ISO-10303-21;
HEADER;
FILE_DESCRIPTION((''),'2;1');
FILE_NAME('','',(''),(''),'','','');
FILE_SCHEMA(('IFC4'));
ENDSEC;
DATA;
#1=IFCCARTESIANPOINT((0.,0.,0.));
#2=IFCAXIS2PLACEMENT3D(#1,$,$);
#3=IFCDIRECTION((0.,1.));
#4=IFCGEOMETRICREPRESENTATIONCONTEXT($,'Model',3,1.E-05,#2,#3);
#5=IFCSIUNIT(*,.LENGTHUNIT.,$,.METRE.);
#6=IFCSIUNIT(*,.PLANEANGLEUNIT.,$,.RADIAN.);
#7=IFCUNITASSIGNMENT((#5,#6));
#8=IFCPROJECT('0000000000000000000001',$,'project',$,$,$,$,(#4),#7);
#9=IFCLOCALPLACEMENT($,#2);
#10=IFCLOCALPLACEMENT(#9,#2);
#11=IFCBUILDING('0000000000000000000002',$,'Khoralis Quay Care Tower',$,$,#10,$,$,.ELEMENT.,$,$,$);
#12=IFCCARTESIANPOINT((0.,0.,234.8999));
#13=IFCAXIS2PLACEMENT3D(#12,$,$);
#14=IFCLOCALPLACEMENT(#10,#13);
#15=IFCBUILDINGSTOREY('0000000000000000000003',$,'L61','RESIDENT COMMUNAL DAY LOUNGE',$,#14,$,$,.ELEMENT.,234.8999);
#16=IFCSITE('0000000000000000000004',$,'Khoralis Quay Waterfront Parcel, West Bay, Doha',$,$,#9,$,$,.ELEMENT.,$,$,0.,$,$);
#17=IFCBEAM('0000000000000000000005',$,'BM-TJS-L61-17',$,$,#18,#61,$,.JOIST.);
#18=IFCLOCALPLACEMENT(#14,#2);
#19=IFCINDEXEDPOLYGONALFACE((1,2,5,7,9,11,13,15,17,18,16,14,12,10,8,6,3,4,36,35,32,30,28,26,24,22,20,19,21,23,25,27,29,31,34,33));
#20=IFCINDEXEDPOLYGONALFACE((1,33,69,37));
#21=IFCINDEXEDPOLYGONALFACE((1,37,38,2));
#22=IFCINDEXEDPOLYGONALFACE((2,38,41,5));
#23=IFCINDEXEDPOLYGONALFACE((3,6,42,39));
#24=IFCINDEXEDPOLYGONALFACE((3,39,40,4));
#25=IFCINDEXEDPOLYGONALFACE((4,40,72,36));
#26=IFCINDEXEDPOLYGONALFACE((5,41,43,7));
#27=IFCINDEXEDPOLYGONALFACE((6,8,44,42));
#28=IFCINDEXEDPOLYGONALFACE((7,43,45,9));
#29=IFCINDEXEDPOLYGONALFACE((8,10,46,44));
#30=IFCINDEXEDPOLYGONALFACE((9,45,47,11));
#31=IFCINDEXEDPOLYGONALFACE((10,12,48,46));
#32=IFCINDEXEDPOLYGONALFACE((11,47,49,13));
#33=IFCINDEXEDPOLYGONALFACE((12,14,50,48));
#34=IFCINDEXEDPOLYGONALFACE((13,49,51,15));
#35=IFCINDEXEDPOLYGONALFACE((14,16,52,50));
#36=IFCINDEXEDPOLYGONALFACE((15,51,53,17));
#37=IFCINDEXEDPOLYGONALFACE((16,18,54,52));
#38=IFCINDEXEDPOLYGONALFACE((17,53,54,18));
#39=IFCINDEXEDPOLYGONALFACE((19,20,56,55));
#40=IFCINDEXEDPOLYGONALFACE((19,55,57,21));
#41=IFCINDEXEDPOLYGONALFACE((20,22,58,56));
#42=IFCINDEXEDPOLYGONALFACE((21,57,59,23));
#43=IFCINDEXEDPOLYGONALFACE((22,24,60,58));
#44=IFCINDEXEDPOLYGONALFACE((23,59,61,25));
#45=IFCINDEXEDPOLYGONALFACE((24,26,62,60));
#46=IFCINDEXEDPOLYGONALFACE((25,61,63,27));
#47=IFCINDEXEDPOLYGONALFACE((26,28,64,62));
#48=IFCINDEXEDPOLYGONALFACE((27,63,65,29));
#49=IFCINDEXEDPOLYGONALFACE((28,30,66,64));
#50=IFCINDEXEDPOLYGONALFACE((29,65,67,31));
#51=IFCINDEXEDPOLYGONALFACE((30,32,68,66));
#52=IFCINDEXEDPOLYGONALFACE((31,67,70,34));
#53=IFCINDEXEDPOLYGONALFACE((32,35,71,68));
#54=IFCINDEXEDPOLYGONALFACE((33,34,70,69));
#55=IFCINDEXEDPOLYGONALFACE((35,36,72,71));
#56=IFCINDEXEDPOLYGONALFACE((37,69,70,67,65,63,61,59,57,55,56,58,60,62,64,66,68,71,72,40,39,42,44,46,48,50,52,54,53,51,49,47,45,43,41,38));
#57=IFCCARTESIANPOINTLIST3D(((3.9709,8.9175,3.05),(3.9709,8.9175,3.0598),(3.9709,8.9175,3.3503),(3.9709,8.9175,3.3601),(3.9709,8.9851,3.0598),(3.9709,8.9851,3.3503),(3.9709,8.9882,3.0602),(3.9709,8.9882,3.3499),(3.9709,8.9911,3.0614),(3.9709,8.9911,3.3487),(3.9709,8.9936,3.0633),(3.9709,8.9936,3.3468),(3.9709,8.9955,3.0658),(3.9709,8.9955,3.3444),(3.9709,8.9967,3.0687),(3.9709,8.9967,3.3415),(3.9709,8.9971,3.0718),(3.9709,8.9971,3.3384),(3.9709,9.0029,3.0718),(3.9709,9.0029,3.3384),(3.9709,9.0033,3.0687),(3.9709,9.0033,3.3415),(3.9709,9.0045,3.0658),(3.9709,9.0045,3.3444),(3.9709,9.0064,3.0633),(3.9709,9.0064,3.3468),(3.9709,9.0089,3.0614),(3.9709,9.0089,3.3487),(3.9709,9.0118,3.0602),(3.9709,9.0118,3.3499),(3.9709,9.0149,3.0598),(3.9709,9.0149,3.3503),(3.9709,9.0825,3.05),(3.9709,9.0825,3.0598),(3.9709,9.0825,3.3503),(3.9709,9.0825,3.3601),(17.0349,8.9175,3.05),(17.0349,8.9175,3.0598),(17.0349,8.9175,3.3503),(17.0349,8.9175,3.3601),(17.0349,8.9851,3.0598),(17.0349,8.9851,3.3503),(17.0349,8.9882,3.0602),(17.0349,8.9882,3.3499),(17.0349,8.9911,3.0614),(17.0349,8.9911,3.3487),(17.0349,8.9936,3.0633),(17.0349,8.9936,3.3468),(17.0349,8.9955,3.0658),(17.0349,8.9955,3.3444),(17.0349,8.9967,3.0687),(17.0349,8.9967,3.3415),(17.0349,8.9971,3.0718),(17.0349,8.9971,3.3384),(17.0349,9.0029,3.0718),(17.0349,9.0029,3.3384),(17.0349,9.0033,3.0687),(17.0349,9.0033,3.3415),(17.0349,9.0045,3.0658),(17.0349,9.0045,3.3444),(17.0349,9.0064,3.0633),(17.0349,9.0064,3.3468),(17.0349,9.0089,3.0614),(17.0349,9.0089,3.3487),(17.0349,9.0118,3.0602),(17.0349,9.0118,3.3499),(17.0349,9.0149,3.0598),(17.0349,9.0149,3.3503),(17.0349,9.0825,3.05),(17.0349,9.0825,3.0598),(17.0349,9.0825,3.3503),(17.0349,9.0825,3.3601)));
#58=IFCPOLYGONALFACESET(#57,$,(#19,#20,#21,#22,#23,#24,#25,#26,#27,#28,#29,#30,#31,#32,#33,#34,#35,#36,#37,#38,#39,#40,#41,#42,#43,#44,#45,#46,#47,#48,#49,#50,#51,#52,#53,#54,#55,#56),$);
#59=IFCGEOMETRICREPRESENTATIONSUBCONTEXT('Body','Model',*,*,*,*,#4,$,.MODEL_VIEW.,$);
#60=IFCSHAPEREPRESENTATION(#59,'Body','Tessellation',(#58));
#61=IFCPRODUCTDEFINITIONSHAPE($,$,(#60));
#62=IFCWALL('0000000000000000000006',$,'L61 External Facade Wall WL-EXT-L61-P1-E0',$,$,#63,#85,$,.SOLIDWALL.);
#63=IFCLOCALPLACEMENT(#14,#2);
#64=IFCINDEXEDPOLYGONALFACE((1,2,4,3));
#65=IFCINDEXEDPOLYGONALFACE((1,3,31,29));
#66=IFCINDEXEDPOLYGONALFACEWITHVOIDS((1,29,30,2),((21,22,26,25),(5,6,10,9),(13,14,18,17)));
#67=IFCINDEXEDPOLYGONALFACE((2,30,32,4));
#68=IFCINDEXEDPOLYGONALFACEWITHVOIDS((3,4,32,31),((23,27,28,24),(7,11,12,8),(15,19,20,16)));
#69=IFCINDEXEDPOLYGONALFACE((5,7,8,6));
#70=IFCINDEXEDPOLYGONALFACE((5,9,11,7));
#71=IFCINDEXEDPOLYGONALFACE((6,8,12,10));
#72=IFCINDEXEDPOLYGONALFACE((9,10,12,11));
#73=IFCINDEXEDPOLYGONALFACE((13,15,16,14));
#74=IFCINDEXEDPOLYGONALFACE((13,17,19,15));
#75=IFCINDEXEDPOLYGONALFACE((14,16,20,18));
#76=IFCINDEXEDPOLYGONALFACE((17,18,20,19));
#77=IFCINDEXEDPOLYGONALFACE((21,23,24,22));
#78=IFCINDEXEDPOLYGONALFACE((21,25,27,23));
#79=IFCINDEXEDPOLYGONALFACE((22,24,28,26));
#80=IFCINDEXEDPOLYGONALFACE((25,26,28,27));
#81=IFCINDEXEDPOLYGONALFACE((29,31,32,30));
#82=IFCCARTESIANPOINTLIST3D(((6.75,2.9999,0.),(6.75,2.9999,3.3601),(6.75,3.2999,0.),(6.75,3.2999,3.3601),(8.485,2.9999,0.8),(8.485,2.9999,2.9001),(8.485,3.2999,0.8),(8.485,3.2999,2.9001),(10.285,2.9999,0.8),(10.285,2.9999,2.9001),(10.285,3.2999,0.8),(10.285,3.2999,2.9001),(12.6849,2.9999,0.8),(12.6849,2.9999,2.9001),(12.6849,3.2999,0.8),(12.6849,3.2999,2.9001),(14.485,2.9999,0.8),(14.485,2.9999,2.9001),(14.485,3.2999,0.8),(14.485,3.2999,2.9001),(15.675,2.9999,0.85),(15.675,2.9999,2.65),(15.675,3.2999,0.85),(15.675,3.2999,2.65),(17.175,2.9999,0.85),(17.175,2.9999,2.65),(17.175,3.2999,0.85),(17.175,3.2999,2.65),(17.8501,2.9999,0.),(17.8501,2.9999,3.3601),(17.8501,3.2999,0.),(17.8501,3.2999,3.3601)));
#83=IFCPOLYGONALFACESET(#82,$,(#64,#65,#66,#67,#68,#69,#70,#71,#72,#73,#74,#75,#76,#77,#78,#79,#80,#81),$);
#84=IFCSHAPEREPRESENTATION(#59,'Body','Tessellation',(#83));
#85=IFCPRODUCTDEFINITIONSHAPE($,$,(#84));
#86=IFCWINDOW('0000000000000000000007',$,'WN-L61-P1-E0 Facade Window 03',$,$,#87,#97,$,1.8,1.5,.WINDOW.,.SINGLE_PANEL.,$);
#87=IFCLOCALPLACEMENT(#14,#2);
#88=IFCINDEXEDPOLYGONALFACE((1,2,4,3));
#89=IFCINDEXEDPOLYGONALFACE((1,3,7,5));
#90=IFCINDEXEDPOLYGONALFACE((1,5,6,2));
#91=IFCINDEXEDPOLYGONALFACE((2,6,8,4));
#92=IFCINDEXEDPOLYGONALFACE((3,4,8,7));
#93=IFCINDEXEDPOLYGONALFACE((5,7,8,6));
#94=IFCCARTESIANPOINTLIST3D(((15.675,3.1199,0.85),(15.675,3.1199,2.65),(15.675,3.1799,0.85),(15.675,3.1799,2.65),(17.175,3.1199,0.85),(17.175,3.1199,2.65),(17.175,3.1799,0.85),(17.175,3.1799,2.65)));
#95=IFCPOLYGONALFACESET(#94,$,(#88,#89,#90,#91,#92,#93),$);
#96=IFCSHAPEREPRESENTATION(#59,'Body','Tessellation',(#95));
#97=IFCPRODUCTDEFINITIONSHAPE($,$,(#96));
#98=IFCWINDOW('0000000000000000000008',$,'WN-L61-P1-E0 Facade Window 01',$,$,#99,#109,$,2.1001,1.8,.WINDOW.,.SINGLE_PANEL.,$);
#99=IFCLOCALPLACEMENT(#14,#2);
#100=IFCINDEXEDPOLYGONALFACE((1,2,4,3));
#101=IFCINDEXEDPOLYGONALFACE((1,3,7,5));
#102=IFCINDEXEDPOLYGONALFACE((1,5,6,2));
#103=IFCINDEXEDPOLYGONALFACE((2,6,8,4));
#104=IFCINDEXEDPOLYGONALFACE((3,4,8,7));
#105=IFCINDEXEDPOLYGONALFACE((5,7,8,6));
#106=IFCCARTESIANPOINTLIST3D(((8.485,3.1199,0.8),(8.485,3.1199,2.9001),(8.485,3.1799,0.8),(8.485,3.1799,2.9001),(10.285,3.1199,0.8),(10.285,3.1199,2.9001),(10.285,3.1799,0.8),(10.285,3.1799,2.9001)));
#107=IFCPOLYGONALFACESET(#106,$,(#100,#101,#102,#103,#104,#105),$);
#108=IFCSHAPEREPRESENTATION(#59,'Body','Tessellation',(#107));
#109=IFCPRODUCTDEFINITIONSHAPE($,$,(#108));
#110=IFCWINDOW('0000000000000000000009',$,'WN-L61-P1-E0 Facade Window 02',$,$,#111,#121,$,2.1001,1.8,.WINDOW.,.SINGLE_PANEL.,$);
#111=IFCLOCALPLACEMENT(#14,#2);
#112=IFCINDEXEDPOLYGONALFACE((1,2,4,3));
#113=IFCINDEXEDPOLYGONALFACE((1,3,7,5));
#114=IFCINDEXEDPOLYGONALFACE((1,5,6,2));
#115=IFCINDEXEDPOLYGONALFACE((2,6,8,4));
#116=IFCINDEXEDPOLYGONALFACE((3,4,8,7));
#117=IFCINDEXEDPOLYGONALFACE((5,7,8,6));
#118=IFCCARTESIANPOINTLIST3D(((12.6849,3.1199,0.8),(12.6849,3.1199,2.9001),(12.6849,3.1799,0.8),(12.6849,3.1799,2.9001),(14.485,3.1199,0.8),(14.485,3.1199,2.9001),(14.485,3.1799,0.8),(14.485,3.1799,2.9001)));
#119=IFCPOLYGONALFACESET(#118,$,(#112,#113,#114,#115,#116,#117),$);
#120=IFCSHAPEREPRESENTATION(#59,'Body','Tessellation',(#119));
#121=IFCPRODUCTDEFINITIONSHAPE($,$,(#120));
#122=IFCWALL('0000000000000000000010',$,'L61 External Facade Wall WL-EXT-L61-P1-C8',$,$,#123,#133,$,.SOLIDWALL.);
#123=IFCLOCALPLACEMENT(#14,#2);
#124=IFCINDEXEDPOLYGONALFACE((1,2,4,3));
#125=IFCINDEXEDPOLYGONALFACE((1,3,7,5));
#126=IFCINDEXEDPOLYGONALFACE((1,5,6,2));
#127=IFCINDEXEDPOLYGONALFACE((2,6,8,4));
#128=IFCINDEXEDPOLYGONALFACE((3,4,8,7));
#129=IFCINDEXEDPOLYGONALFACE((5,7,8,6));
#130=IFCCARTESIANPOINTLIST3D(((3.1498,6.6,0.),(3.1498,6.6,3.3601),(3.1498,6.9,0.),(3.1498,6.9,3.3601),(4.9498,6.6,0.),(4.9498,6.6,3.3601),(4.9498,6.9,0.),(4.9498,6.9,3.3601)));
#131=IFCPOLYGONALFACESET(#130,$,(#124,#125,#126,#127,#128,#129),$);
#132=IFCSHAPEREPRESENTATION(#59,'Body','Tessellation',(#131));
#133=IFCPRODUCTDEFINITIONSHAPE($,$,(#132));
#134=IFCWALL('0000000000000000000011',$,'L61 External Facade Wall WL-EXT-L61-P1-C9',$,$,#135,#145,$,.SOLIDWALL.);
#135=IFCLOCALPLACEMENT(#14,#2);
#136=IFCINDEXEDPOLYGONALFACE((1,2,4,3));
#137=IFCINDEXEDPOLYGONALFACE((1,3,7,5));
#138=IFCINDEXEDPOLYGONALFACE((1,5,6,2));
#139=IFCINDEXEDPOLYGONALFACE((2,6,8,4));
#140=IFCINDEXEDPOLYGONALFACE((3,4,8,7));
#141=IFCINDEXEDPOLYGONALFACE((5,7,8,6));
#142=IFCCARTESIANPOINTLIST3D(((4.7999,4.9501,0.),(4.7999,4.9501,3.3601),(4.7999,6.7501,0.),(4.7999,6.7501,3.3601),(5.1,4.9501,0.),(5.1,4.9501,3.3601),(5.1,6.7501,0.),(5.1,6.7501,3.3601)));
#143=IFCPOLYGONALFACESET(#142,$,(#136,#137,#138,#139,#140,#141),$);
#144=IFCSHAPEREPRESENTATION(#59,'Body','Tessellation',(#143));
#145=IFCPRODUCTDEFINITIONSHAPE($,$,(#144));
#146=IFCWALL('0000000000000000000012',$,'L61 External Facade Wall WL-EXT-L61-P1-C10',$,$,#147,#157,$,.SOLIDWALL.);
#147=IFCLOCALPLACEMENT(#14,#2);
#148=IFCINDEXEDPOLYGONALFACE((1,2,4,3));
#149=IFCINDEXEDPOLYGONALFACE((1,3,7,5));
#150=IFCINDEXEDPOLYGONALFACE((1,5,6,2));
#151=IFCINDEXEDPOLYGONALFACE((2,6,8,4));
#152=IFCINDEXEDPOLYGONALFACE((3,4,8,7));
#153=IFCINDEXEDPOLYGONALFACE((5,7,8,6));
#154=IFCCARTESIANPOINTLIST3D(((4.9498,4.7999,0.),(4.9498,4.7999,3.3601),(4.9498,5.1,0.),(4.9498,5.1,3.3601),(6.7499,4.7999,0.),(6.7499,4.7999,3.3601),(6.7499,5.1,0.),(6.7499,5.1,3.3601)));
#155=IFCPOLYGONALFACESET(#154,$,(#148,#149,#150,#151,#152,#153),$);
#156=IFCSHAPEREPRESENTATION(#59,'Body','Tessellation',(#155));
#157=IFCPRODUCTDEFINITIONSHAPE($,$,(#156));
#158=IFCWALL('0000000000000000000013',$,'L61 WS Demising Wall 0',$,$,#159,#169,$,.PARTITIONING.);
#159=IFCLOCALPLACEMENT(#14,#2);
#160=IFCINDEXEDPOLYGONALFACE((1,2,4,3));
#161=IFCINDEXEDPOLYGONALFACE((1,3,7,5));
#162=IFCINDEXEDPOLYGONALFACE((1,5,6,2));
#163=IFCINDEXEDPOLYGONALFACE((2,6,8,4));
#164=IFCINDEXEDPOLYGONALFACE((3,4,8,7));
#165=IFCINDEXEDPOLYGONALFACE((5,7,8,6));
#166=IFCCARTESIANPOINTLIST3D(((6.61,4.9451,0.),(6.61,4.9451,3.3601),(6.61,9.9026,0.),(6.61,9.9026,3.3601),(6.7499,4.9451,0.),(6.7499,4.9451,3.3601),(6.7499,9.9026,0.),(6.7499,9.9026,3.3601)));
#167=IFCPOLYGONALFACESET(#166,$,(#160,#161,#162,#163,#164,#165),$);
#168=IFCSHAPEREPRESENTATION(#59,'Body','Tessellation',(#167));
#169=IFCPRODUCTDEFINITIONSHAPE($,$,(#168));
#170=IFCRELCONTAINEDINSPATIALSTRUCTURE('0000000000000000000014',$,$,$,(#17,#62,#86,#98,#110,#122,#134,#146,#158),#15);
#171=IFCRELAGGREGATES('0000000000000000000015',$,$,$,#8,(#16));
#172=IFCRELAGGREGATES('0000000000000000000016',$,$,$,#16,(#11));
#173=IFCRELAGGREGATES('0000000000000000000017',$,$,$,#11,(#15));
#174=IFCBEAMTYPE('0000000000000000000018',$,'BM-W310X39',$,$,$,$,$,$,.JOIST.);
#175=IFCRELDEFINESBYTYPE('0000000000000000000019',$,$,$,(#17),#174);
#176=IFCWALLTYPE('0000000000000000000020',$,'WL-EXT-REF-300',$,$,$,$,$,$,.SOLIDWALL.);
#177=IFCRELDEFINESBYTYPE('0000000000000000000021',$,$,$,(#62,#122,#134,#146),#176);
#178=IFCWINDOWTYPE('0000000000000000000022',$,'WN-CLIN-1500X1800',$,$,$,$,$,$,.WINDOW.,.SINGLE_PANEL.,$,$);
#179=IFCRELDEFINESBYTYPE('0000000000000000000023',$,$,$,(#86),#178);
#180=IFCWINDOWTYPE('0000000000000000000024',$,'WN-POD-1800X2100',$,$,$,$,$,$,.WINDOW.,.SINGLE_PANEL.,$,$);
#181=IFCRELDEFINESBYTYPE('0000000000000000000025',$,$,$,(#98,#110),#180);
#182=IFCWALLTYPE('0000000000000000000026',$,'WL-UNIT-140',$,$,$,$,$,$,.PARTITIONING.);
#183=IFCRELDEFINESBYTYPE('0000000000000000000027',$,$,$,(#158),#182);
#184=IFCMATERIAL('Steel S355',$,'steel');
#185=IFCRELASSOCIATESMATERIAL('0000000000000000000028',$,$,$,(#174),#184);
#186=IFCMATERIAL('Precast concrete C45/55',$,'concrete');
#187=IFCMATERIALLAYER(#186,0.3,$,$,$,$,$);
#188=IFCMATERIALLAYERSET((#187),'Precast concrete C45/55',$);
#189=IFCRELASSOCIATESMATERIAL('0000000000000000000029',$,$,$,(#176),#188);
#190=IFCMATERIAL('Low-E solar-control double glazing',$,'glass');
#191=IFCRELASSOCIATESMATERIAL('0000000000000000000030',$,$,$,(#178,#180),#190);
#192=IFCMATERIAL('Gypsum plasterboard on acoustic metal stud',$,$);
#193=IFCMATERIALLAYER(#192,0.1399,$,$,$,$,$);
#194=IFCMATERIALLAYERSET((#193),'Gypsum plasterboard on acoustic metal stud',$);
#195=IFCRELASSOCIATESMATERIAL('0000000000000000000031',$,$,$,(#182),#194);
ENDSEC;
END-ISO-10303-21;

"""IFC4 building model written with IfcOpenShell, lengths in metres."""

from ifc_helpers import new_model, si_unit, direction, frame, frame_2d, origin, origin_2d, place, context, subcontext, project, spatial, rectangle, i_section, extrude, source, transform, mapped, material, layer, layer_set, material_profile, profile_set, type_object, element, fill, save


model = new_model("IFC4")

# Units and contexts
model_context = context("Model", 3, precision=1e-05, world=origin(), true_north=direction((0.0, 1.0)))
body_context = subcontext(model_context, "Body", "Model", "MODEL_VIEW")
ifc_project = project(units=[si_unit("LENGTHUNIT", "METRE"), si_unit("PLANEANGLEUNIT", "RADIAN")], contexts=[model_context])

# Site, building, storey
site_placement = place(None, origin())
site = spatial("IfcSite", under=ifc_project, at=site_placement, Name="Khoralis Quay Waterfront Parcel, West Bay, Doha", CompositionType="ELEMENT", RefElevation=0.0)
building_placement = place(site_placement, origin())
building = spatial("IfcBuilding", under=site, at=building_placement, Name="Khoralis Quay Care Tower", CompositionType="ELEMENT")
storey_placement = place(building_placement, frame((0.0, 0.0, 234.8999)))
storey = spatial("IfcBuildingStorey", under=building, at=storey_placement, Name="L61", Description="RESIDENT COMMUNAL DAY LOUNGE", CompositionType="ELEMENT", Elevation=234.8999)

# Beam
ifc_material_1 = material(Name="Steel S355", Category="steel")
ifc_material_profile = material_profile(ifc_material_1, i_section(OverallWidth=0.165, OverallDepth=0.3101, WebThickness=0.0059, FlangeThickness=0.0098, FilletRadius=0.012, at=origin_2d()), Name="Steel S355")
ifc_profile_set = profile_set([ifc_material_profile], Name="Steel S355")
beam_type = type_object("IfcBeamType", Name="BM-W310X39", PredefinedType="JOIST", material=ifc_profile_set)
shared_shape_1 = source(origin(), body_context, "Body", "SweptSolid", [
    extrude(i_section(OverallWidth=0.165, OverallDepth=0.3101, WebThickness=0.0059, FlangeThickness=0.0098, FilletRadius=0.012, at=origin_2d()), origin(), (0.0, 0.0, 1.0), 13.064),
])
beam_placement = place(storey_placement, frame((3.9709, 9.0, 3.2051), z_axis=(1.0, 0.0, 0.0), x_axis=(0.0, 1.0, 0.0)))
element("IfcBeam", 1, at=beam_placement, inside=storey, type_object=beam_type, Name="BM-TJS-L61-17", PredefinedType="JOIST", context=body_context, shape_type="MappedRepresentation", body=[
    mapped(shared_shape_1, transform((0.0, 0.0, 0.0), scale=1.0)),
])

# Wall, openings, windows
ifc_material_2 = material(Name="Precast concrete C45/55", Category="concrete")
ifc_layer_1 = layer(ifc_material_2, 0.3)
ifc_layer_set_1 = layer_set([ifc_layer_1], Name="Precast concrete C45/55")
wall_type_1 = type_object("IfcWallType", Name="WL-EXT-REF-300", PredefinedType="SOLIDWALL", material=ifc_layer_set_1)
wall_1_placement = place(storey_placement, frame((6.75, 3.1499, 0.0), z_axis=(0.0, 0.0, 1.0), x_axis=(1.0, 0.0, 0.0)))
wall_1 = element("IfcWall", 2, at=wall_1_placement, inside=storey, type_object=wall_type_1, Name="L61 External Facade Wall WL-EXT-L61-P1-E0", PredefinedType="SOLIDWALL", context=body_context, shape_type="SweptSolid", body=[
    extrude(rectangle(XDim=11.1001, YDim=0.3, at=frame_2d((5.55, 0.0))), origin(), (0.0, 0.0, 1.0), 3.3601),
])
opening_1_placement = place(wall_1_placement, frame((1.7351, 0.0, 0.8)))
opening_1 = element("IfcOpeningElement", 3, at=opening_1_placement, cuts=wall_1, PredefinedType="OPENING", context=body_context, shape_type="SweptSolid", body=[
    extrude(rectangle(XDim=1.8, YDim=2.1001, at=frame_2d((0.8999, 1.05))), frame((0.0, 0.1602, 0.0), z_axis=(0.0, -1.0, 0.0), x_axis=(1.0, 0.0, 0.0)), (0.0, 0.0, 1.0), 0.3201),
])
opening_2_placement = place(wall_1_placement, frame((5.9351, 0.0, 0.8)))
opening_2 = element("IfcOpeningElement", 4, at=opening_2_placement, cuts=wall_1, PredefinedType="OPENING", context=body_context, shape_type="SweptSolid", body=[
    extrude(rectangle(XDim=1.8, YDim=2.1001, at=frame_2d((0.8999, 1.05))), frame((0.0, 0.1602, 0.0), z_axis=(0.0, -1.0, 0.0), x_axis=(1.0, 0.0, 0.0)), (0.0, 0.0, 1.0), 0.3201),
])
opening_3_placement = place(wall_1_placement, frame((8.925, 0.0, 0.8501)))
opening_3 = element("IfcOpeningElement", 5, at=opening_3_placement, cuts=wall_1, PredefinedType="OPENING", context=body_context, shape_type="SweptSolid", body=[
    extrude(rectangle(XDim=1.5, YDim=1.8, at=frame_2d((0.75, 0.8999))), frame((0.0, 0.1602, 0.0), z_axis=(0.0, -1.0, 0.0), x_axis=(1.0, 0.0, 0.0)), (0.0, 0.0, 1.0), 0.3201),
])
ifc_material_3 = material(Name="Low-E solar-control double glazing", Category="glass")
window_type_1 = type_object("IfcWindowType", Name="WN-CLIN-1500X1800", PartitioningType="SINGLE_PANEL", PredefinedType="WINDOW", material=ifc_material_3)
shared_shape_2 = source(origin(), body_context, "Body", "SweptSolid", [
    extrude(rectangle(XDim=1.5, YDim=1.8, at=frame_2d((0.75, 0.8999))), frame((0.0, 0.03, 0.0), z_axis=(0.0, -1.0, 0.0), x_axis=(1.0, 0.0, 0.0)), (0.0, 0.0, 1.0), 0.0601),
])
window_1_placement = place(opening_3_placement, origin())
window_1 = element("IfcWindow", 6, at=window_1_placement, inside=storey, type_object=window_type_1, Name="WN-L61-P1-E0 Facade Window 03", OverallHeight=1.8, OverallWidth=1.5, PartitioningType="SINGLE_PANEL", PredefinedType="WINDOW", context=body_context, shape_type="MappedRepresentation", body=[
    mapped(shared_shape_2, transform((0.0, 0.0, 0.0), scale=1.0)),
])
fill(opening_3, window_1)
window_type_2 = type_object("IfcWindowType", Name="WN-POD-1800X2100", PartitioningType="SINGLE_PANEL", PredefinedType="WINDOW", material=ifc_material_3)
shared_shape_3 = source(origin(), body_context, "Body", "SweptSolid", [
    extrude(rectangle(XDim=1.8, YDim=2.1001, at=frame_2d((0.8999, 1.05))), frame((0.0, 0.03, 0.0), z_axis=(0.0, -1.0, 0.0), x_axis=(1.0, 0.0, 0.0)), (0.0, 0.0, 1.0), 0.0601),
])
window_2_placement = place(opening_1_placement, origin())
window_2 = element("IfcWindow", 7, at=window_2_placement, inside=storey, type_object=window_type_2, Name="WN-L61-P1-E0 Facade Window 01", OverallHeight=2.1001, OverallWidth=1.8, PartitioningType="SINGLE_PANEL", PredefinedType="WINDOW", context=body_context, shape_type="MappedRepresentation", body=[
    mapped(shared_shape_3, transform((0.0, 0.0, 0.0), scale=1.0)),
])
fill(opening_1, window_2)
window_3_placement = place(opening_2_placement, origin())
window_3 = element("IfcWindow", 8, at=window_3_placement, inside=storey, type_object=window_type_2, Name="WN-L61-P1-E0 Facade Window 02", OverallHeight=2.1001, OverallWidth=1.8, PartitioningType="SINGLE_PANEL", PredefinedType="WINDOW", context=body_context, shape_type="MappedRepresentation", body=[
    mapped(shared_shape_3, transform((0.0, 0.0, 0.0), scale=1.0)),
])
fill(opening_2, window_3)

# Walls
for number, where, z_axis, x_axis, name in (
    (9, (3.1499, 6.75, 0.0), (0.0, 0.0, 1.0), (1.0, 0.0, 0.0), "L61 External Facade Wall WL-EXT-L61-P1-C8"),
    (10, (4.95, 6.75, 0.0), (0.0, 0.0, 1.0), (0.0, -1.0, 0.0), "L61 External Facade Wall WL-EXT-L61-P1-C9"),
    (11, (4.95, 4.95, 0.0), (0.0, 0.0, 1.0), (1.0, 0.0, 0.0), "L61 External Facade Wall WL-EXT-L61-P1-C10"),
):
    element("IfcWall", number, at=place(storey_placement, frame(where, z_axis=z_axis, x_axis=x_axis)), inside=storey, type_object=wall_type_1, Name=name, PredefinedType="SOLIDWALL", context=body_context, shape_type="SweptSolid", body=[
        extrude(rectangle(XDim=1.8, YDim=0.3, at=frame_2d((0.8999, 0.0))), origin(), (0.0, 0.0, 1.0), 3.3601),
    ])
ifc_material_4 = material(Name="Gypsum plasterboard on acoustic metal stud")
ifc_layer_2 = layer(ifc_material_4, 0.1399)
ifc_layer_set_2 = layer_set([ifc_layer_2], Name="Gypsum plasterboard on acoustic metal stud")
wall_type_2 = type_object("IfcWallType", Name="WL-UNIT-140", PredefinedType="PARTITIONING", material=ifc_layer_set_2)
wall_2_placement = place(storey_placement, frame((6.6799, 4.9451, 0.0), z_axis=(0.0, 0.0, 1.0), x_axis=(0.0, 1.0, 0.0)))
element("IfcWall", 12, at=wall_2_placement, inside=storey, type_object=wall_type_2, Name="L61 WS Demising Wall 0", PredefinedType="PARTITIONING", context=body_context, shape_type="SweptSolid", body=[
    extrude(rectangle(XDim=4.9575, YDim=0.1399, at=frame_2d((2.4788, 0.0))), origin(), (0.0, 0.0, 1.0), 3.3601),
])

save(model, "model.ifc")
